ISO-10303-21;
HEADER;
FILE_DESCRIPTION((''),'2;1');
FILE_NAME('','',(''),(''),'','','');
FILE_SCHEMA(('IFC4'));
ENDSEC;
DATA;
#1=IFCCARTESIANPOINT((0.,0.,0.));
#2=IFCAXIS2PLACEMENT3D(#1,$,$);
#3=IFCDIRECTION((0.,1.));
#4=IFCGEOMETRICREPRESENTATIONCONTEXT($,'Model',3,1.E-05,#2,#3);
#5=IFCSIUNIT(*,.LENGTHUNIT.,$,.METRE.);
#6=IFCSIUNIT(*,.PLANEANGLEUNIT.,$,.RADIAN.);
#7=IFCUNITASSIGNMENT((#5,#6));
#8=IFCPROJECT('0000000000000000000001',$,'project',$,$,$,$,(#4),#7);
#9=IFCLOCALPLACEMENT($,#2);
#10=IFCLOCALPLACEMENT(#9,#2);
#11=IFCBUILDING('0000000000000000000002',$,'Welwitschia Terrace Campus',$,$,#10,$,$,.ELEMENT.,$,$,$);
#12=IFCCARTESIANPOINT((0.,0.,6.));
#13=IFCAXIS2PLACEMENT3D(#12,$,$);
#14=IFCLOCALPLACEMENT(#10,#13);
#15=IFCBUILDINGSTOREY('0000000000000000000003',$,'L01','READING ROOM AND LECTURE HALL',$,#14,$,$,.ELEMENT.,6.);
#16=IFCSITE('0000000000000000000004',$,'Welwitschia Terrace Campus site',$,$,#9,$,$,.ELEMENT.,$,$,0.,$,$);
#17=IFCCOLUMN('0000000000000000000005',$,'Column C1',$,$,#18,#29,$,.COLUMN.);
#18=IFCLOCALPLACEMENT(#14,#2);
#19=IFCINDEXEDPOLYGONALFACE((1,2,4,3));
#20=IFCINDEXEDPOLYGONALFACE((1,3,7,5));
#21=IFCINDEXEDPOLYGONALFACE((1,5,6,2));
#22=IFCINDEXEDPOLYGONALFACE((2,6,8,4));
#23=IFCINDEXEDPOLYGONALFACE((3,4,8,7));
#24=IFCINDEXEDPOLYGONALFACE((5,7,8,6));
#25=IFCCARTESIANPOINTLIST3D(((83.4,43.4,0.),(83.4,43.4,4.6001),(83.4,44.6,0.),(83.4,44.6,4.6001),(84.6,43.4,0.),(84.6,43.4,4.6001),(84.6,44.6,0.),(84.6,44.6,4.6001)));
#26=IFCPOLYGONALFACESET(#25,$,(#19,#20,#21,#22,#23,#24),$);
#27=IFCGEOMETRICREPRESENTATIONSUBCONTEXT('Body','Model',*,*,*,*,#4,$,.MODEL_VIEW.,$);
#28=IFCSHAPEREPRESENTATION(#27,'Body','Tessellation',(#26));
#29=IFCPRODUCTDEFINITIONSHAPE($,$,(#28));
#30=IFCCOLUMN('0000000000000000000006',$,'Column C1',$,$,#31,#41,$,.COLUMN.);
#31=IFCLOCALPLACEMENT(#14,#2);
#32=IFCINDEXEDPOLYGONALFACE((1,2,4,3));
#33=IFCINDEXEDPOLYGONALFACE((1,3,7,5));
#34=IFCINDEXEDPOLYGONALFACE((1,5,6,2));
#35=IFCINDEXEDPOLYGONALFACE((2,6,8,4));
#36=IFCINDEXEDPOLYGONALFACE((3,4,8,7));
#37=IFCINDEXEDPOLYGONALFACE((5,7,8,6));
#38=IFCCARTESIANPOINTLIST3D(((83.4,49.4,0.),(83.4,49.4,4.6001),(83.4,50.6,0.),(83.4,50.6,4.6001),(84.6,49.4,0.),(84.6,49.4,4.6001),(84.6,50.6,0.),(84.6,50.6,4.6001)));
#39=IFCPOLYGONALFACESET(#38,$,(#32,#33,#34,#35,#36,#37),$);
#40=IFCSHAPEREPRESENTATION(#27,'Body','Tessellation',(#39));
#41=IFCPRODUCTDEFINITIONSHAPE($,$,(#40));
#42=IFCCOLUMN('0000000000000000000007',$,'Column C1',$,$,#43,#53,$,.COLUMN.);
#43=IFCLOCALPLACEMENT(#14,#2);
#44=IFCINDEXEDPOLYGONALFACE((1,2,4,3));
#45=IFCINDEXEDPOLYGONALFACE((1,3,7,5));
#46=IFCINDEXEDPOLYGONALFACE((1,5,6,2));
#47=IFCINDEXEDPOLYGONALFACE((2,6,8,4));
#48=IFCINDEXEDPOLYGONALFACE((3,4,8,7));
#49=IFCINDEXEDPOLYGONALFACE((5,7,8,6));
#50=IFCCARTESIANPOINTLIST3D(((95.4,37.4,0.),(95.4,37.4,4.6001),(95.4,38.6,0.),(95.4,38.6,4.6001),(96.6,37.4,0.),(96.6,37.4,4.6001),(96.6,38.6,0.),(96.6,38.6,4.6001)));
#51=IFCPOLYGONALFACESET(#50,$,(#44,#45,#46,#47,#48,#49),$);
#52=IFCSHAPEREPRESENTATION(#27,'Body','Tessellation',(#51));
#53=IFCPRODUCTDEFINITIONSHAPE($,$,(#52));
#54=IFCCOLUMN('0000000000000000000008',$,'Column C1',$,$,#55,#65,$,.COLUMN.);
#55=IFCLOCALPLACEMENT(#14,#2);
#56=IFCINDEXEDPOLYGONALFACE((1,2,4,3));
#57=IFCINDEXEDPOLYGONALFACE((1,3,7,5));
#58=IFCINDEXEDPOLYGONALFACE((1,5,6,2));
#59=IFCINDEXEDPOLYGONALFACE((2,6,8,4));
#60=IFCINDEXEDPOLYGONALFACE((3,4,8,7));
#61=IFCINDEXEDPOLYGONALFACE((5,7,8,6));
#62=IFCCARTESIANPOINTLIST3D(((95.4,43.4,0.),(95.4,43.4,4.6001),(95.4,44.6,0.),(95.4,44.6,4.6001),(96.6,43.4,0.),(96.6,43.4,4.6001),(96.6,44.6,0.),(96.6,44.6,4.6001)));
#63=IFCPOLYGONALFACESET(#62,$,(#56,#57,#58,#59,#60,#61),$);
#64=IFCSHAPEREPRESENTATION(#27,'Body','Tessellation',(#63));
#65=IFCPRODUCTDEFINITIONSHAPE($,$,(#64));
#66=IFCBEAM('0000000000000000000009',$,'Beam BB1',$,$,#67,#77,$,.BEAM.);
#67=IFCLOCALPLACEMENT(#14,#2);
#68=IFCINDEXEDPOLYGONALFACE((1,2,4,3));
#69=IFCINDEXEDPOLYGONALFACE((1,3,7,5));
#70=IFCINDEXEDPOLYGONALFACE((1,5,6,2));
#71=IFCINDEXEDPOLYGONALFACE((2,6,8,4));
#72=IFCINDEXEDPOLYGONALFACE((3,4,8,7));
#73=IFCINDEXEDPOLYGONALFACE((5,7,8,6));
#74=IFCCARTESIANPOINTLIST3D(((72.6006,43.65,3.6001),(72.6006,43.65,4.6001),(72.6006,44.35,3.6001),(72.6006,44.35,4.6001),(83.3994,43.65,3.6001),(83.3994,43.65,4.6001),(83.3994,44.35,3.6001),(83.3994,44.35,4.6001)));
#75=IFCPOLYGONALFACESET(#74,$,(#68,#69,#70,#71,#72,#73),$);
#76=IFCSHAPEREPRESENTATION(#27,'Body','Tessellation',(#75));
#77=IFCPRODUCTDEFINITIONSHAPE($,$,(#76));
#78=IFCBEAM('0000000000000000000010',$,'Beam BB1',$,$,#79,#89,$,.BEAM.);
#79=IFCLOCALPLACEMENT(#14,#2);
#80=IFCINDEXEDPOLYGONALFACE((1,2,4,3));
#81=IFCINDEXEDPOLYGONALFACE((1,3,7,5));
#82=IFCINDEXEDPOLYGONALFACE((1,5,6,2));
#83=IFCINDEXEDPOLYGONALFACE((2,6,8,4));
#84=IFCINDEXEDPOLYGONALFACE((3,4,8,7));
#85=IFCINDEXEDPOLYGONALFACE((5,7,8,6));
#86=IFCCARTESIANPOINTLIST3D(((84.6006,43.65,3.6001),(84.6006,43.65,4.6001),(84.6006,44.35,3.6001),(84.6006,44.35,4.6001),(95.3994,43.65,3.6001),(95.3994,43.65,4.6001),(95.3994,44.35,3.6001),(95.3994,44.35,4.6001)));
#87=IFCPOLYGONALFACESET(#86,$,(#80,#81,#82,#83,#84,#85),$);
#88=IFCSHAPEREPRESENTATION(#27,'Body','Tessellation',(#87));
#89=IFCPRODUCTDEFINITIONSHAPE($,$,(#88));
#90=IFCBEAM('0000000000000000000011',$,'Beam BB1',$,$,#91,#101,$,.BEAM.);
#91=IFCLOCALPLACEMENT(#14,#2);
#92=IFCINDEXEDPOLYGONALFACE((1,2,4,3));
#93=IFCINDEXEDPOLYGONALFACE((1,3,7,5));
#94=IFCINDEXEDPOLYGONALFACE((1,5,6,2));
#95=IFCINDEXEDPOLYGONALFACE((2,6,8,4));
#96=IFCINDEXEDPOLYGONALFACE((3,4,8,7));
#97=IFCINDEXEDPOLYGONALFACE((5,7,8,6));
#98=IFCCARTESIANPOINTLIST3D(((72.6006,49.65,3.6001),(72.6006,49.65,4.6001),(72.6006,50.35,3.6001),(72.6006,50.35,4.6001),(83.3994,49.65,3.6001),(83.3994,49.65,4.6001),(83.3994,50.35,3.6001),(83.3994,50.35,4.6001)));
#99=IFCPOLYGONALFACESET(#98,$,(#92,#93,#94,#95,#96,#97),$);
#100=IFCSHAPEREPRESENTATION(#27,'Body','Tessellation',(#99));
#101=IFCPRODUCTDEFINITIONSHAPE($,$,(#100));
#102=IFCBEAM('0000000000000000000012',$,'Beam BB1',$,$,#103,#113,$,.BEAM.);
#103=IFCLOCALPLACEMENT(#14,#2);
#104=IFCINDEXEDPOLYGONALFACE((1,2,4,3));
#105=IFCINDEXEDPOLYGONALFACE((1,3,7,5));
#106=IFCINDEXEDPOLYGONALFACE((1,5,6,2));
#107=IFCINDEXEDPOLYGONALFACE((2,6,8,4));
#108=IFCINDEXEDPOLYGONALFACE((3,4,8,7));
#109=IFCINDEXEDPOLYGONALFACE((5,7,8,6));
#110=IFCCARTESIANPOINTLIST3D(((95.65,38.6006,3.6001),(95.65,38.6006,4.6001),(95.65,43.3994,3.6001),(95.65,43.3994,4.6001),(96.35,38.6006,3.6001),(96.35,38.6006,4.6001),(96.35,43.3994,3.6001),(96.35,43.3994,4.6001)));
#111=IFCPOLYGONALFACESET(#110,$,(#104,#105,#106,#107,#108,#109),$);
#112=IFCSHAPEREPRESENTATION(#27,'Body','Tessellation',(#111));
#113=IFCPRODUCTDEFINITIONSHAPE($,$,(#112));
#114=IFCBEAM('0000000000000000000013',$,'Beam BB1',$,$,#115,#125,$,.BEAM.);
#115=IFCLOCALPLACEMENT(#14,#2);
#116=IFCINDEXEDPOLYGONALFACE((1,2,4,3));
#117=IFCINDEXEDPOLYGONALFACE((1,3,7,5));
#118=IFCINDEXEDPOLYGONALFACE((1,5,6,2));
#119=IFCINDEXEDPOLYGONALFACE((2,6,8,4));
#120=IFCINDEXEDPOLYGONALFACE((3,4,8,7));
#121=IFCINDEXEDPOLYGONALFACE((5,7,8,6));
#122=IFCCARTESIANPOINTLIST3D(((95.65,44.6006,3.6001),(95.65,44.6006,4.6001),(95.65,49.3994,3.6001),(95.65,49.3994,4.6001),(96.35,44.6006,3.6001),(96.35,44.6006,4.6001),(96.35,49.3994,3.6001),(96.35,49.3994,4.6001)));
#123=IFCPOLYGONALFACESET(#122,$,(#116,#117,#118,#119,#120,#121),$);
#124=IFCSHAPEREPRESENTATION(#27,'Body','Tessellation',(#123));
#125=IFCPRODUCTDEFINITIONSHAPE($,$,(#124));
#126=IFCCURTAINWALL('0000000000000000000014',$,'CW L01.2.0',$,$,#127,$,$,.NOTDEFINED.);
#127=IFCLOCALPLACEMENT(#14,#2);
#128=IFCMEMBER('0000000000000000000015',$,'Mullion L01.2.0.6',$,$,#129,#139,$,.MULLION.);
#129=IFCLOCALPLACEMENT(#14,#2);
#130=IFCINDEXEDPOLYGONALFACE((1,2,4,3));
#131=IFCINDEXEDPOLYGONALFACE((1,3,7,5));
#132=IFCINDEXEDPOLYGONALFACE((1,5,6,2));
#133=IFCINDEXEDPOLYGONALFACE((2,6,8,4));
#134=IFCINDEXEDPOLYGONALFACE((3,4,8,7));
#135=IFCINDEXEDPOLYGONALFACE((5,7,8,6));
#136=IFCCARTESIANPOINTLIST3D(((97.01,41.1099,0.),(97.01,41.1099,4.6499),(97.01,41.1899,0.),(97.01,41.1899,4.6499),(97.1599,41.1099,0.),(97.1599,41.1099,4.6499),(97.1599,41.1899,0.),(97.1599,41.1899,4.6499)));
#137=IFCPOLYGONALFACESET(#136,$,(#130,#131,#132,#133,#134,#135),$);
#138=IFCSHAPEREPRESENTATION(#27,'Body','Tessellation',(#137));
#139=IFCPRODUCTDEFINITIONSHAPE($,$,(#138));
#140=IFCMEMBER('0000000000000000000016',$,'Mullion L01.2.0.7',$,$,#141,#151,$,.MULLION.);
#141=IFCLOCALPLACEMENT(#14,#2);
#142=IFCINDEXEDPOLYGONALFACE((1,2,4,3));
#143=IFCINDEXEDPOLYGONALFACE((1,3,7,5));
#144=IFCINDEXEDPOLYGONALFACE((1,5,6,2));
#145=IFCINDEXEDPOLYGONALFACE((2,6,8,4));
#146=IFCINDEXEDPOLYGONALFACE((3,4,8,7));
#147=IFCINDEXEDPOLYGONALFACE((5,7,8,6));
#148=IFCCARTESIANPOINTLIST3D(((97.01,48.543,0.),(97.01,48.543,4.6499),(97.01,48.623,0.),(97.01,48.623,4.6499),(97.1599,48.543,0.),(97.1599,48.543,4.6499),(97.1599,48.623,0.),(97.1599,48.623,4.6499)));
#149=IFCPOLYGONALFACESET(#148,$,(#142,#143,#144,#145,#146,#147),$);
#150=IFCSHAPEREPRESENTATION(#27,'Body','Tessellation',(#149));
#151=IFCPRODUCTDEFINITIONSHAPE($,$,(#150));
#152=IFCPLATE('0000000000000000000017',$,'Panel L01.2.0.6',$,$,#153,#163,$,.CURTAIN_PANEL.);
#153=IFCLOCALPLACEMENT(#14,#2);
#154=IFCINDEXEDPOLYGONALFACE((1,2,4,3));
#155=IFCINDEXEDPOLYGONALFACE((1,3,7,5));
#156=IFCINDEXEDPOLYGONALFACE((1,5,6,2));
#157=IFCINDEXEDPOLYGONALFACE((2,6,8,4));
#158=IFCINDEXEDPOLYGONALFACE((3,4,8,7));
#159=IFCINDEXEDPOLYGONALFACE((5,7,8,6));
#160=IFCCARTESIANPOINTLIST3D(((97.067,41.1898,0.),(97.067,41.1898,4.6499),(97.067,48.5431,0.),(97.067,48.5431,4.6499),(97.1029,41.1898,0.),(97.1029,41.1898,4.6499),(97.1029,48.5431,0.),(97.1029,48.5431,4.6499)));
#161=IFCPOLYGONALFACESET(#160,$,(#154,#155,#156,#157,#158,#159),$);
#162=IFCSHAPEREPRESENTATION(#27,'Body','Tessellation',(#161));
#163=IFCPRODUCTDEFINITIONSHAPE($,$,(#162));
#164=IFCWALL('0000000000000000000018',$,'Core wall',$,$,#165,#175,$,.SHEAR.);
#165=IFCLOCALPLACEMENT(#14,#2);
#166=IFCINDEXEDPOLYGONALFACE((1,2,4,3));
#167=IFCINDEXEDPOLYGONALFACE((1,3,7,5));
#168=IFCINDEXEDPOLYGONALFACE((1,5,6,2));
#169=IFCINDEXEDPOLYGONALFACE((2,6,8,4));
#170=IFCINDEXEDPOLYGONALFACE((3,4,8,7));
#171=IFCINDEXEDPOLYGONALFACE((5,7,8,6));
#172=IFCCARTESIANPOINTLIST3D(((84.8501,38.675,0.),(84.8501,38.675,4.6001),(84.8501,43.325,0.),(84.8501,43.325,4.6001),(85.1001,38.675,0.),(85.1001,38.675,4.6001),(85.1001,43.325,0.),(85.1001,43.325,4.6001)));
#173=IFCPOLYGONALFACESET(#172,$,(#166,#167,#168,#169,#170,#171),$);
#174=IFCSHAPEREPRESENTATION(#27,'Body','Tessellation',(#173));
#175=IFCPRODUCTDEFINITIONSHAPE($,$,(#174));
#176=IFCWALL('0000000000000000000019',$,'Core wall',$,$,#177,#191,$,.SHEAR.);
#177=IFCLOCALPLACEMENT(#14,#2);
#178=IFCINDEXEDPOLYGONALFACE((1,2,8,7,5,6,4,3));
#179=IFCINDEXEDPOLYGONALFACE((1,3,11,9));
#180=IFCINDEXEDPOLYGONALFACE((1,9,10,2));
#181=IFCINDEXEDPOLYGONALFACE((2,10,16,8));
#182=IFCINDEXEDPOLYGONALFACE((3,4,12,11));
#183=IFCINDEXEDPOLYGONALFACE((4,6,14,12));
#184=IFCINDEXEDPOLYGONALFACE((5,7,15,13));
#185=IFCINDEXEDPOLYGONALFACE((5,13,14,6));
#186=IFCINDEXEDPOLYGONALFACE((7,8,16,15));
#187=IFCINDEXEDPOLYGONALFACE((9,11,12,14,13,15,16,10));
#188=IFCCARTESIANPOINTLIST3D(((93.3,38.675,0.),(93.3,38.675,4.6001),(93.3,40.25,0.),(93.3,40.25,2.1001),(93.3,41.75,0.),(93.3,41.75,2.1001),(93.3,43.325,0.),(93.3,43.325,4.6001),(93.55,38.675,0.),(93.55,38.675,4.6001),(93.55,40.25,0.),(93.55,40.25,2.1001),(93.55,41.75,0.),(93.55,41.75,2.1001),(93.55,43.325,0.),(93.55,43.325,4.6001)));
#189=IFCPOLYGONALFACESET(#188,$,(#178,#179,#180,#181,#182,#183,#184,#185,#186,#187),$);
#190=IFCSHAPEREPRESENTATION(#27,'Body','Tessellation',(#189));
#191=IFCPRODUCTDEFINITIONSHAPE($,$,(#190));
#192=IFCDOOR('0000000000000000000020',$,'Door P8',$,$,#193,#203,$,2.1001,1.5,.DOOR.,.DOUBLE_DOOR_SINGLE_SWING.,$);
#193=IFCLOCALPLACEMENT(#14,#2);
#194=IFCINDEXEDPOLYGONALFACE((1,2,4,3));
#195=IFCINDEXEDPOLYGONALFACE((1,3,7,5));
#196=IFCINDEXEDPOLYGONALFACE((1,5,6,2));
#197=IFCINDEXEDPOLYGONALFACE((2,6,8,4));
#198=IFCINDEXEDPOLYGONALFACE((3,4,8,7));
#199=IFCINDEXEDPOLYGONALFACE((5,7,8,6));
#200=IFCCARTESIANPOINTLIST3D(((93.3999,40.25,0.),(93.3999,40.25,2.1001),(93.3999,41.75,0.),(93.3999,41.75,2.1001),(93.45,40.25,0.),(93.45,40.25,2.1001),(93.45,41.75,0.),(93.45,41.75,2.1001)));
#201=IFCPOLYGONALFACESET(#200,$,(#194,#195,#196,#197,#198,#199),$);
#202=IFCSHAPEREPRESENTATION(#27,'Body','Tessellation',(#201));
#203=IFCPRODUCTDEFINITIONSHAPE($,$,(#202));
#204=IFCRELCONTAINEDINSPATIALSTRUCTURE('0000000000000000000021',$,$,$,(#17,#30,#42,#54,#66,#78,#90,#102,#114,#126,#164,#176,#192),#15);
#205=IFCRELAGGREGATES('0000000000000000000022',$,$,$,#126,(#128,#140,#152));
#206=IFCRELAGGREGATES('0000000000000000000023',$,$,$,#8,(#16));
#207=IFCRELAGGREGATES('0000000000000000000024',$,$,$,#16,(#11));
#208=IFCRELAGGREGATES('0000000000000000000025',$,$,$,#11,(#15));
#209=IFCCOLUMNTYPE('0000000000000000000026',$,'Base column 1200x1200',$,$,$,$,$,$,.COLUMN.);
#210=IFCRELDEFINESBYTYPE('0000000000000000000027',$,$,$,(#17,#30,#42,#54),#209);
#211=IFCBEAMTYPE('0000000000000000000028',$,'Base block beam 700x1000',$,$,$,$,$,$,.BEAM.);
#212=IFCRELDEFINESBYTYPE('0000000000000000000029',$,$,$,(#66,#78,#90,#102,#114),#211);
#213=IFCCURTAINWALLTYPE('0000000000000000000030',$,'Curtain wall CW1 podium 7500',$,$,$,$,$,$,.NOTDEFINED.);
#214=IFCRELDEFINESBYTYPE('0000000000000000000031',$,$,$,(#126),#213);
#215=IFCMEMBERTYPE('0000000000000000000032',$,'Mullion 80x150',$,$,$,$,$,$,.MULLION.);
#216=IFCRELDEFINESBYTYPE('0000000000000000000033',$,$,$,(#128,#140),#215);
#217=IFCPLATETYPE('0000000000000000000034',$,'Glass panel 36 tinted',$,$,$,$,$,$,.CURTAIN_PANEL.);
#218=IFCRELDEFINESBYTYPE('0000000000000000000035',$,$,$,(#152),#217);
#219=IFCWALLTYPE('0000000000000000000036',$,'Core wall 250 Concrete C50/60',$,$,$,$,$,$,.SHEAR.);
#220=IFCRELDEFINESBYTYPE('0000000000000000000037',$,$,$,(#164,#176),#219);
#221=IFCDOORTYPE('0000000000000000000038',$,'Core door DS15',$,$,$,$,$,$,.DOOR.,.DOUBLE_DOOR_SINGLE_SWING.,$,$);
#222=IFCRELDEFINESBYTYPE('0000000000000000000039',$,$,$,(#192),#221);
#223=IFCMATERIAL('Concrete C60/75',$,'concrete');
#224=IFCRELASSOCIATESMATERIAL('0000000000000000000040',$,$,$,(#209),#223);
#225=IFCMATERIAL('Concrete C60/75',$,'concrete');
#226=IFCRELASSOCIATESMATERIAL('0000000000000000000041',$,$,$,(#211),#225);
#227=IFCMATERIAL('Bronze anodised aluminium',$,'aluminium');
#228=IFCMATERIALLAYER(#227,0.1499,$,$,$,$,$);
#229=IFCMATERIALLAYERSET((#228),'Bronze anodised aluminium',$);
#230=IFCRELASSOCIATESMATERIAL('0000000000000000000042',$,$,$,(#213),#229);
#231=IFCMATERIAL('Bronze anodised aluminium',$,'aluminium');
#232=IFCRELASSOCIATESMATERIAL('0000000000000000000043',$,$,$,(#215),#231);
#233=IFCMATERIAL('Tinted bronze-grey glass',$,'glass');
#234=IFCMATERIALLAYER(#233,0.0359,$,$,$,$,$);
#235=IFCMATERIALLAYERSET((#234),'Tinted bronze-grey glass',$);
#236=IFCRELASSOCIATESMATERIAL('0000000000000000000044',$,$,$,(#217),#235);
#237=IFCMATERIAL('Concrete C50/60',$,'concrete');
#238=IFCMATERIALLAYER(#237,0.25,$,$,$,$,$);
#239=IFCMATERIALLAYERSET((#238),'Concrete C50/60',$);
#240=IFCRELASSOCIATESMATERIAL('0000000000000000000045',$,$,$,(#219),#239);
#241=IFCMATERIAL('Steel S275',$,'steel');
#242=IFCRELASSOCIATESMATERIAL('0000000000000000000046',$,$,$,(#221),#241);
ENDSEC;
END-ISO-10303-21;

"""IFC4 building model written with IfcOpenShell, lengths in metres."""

from ifc_helpers import new_model, si_unit, direction, frame, frame_2d, origin, origin_2d, place, context, subcontext, project, spatial, rectangle, extrude, material, layer, layer_set, material_profile, profile_set, type_object, element, fill, aggregate, save


model = new_model("IFC4")

# Units and contexts
model_context = context("Model", 3, precision=1e-05, world=origin(), true_north=direction((0.0, 1.0)))
body_context = subcontext(model_context, "Body", "Model", "MODEL_VIEW")
ifc_project = project(units=[si_unit("LENGTHUNIT", "METRE"), si_unit("PLANEANGLEUNIT", "RADIAN")], contexts=[model_context])

# Site, building, storey
site_placement = place(None, origin())
site = spatial("IfcSite", under=ifc_project, at=site_placement, Name="Welwitschia Terrace Campus site", CompositionType="ELEMENT", RefElevation=0.0)
building_placement = place(site_placement, origin())
building = spatial("IfcBuilding", under=site, at=building_placement, Name="Welwitschia Terrace Campus", CompositionType="ELEMENT")
storey_placement = place(building_placement, frame((0.0, 0.0, 6.0)))
storey = spatial("IfcBuildingStorey", under=building, at=storey_placement, Name="L01", Description="READING ROOM AND LECTURE HALL", CompositionType="ELEMENT", Elevation=6.0)

# Columns
ifc_material_1 = material(Name="Concrete C60/75", Category="concrete")
ifc_material_profile_1 = material_profile(ifc_material_1, rectangle(XDim=1.2, YDim=1.2, at=origin_2d()))
ifc_profile_set_1 = profile_set([ifc_material_profile_1], Name="Concrete C60/75")
column_type = type_object("IfcColumnType", Name="Base column 1200x1200", PredefinedType="COLUMN", material=ifc_profile_set_1)
for number, where, z_axis, x_axis, name in (
    (1, (84.0, 44.0, 0.0), (0.0, 0.0, 1.0), (1.0, 0.0, 0.0), "Column C1"),
    (2, (84.0, 50.0, 0.0), (0.0, 0.0, 1.0), (1.0, 0.0, 0.0), "Column C1"),
    (3, (96.0, 38.0, 0.0), (0.0, 0.0, 1.0), (1.0, 0.0, 0.0), "Column C1"),
    (4, (96.0, 44.0, 0.0), (0.0, 0.0, 1.0), (1.0, 0.0, 0.0), "Column C1"),
):
    element("IfcColumn", number, at=place(storey_placement, frame(where, z_axis=z_axis, x_axis=x_axis)), inside=storey, type_object=column_type, Name=name, PredefinedType="COLUMN", context=body_context, shape_type="SweptSolid", body=[
        extrude(rectangle(XDim=1.2, YDim=1.2, at=origin_2d()), origin(), (0.0, 0.0, 1.0), 4.6001),
    ])

# Beams
ifc_material_2 = material(Name="Concrete C60/75", Category="concrete")
ifc_material_profile_2 = material_profile(ifc_material_2, rectangle(XDim=0.7, YDim=1.0, at=origin_2d()))
ifc_profile_set_2 = profile_set([ifc_material_profile_2], Name="Concrete C60/75")
beam_type = type_object("IfcBeamType", Name="Base block beam 700x1000", PredefinedType="BEAM", material=ifc_profile_set_2)
for number, where, z_axis, x_axis, name in (
    (5, (72.6006, 44.0, 4.1001), (1.0, 0.0, 0.0), (0.0, 1.0, 0.0), "Beam BB1"),
    (6, (84.6006, 44.0, 4.1001), (1.0, 0.0, 0.0), (0.0, 1.0, 0.0), "Beam BB1"),
    (7, (72.6006, 50.0, 4.1001), (1.0, 0.0, 0.0), (0.0, 1.0, 0.0), "Beam BB1"),
):
    element("IfcBeam", number, at=place(storey_placement, frame(where, z_axis=z_axis, x_axis=x_axis)), inside=storey, type_object=beam_type, Name=name, PredefinedType="BEAM", context=body_context, shape_type="SweptSolid", body=[
        extrude(rectangle(XDim=0.7, YDim=1.0, at=origin_2d()), origin(), (0.0, 0.0, 1.0), 10.7988),
    ])
for number, where, z_axis, x_axis, name in (
    (8, (96.0, 38.6006, 4.1001), (0.0, 1.0, 0.0), (-1.0, 0.0, 0.0), "Beam BB1"),
    (9, (96.0, 44.6006, 4.1001), (0.0, 1.0, 0.0), (-1.0, 0.0, 0.0), "Beam BB1"),
):
    element("IfcBeam", number, at=place(storey_placement, frame(where, z_axis=z_axis, x_axis=x_axis)), inside=storey, type_object=beam_type, Name=name, PredefinedType="BEAM", context=body_context, shape_type="SweptSolid", body=[
        extrude(rectangle(XDim=0.7, YDim=1.0, at=origin_2d()), origin(), (0.0, 0.0, 1.0), 4.7988),
    ])

# Curtain wall, members, plate
ifc_material_3 = material(Name="Bronze anodised aluminium", Category="aluminium")
ifc_layer_1 = layer(ifc_material_3, 0.1499)
ifc_layer_set_1 = layer_set([ifc_layer_1], Name="Bronze anodised aluminium")
curtain_wall_type = type_object("IfcCurtainWallType", Name="Curtain wall CW1 podium 7500", PredefinedType="NOTDEFINED", material=ifc_layer_set_1)
curtain_wall_placement = place(storey_placement, origin())
curtain_wall = element("IfcCurtainWall", 10, at=curtain_wall_placement, inside=storey, type_object=curtain_wall_type, Name="CW L01.2.0", PredefinedType="NOTDEFINED")
ifc_material_4 = material(Name="Bronze anodised aluminium", Category="aluminium")
ifc_material_profile_3 = material_profile(ifc_material_4, rectangle(XDim=0.1499, YDim=0.0801, at=origin_2d()))
ifc_profile_set_3 = profile_set([ifc_material_profile_3], Name="Bronze anodised aluminium")
member_type = type_object("IfcMemberType", Name="Mullion 80x150", PredefinedType="MULLION", material=ifc_profile_set_3)
member_1_placement = place(storey_placement, frame((97.085, 41.1499, 0.0), z_axis=(0.0, 0.0, 1.0), x_axis=(-1.0, 0.0, 0.0)))
member_1 = element("IfcMember", 11, at=member_1_placement, type_object=member_type, Name="Mullion L01.2.0.6", PredefinedType="MULLION", context=body_context, shape_type="SweptSolid", body=[
    extrude(rectangle(XDim=0.1499, YDim=0.0801, at=origin_2d()), origin(), (0.0, 0.0, 1.0), 4.6499),
])
member_2_placement = place(storey_placement, frame((97.085, 48.583, 0.0), z_axis=(0.0, 0.0, 1.0), x_axis=(-1.0, 0.0, 0.0)))
member_2 = element("IfcMember", 12, at=member_2_placement, type_object=member_type, Name="Mullion L01.2.0.7", PredefinedType="MULLION", context=body_context, shape_type="SweptSolid", body=[
    extrude(rectangle(XDim=0.1499, YDim=0.0801, at=origin_2d()), origin(), (0.0, 0.0, 1.0), 4.6499),
])
ifc_material_5 = material(Name="Tinted bronze-grey glass", Category="glass")
ifc_layer_2 = layer(ifc_material_5, 0.0359)
ifc_layer_set_2 = layer_set([ifc_layer_2], Name="Tinted bronze-grey glass")
plate_type = type_object("IfcPlateType", Name="Glass panel 36 tinted", PredefinedType="CURTAIN_PANEL", material=ifc_layer_set_2)
plate_placement = place(storey_placement, frame((97.085, 44.8665, 0.0), z_axis=(0.0, 0.0, 1.0), x_axis=(0.0, 1.0, 0.0)))
plate = element("IfcPlate", 13, at=plate_placement, type_object=plate_type, Name="Panel L01.2.0.6", PredefinedType="CURTAIN_PANEL", context=body_context, shape_type="SweptSolid", body=[
    extrude(rectangle(XDim=7.3533, YDim=0.0359, at=origin_2d()), origin(), (0.0, 0.0, 1.0), 4.6499),
])
aggregate(curtain_wall, [member_1, member_2, plate])

# Wall
ifc_material_6 = material(Name="Concrete C50/60", Category="concrete")
ifc_layer_3 = layer(ifc_material_6, 0.25)
ifc_layer_set_3 = layer_set([ifc_layer_3], Name="Concrete C50/60")
wall_type_1 = type_object("IfcWallType", Name="Core wall 250 Concrete C50/60", PredefinedType="SHEAR", material=ifc_layer_set_3)
wall_1_placement = place(storey_placement, frame((84.9751, 38.675, 0.0), z_axis=(0.0, 0.0, 1.0), x_axis=(0.0, 1.0, 0.0)))
element("IfcWall", 14, at=wall_1_placement, inside=storey, type_object=wall_type_1, Name="Core wall", PredefinedType="SHEAR", context=body_context, shape_type="SweptSolid", body=[
    extrude(rectangle(XDim=4.6499, YDim=0.25, at=frame_2d((2.325, 0.0))), origin(), (0.0, 0.0, 1.0), 4.6001),
])

# Wall, opening, door
wall_2_placement = place(storey_placement, frame((93.425, 43.325, 0.0), z_axis=(0.0, 0.0, 1.0), x_axis=(0.0, -1.0, 0.0)))
wall_2 = element("IfcWall", 15, at=wall_2_placement, inside=storey, type_object=wall_type_1, Name="Core wall", PredefinedType="SHEAR", context=body_context, shape_type="SweptSolid", body=[
    extrude(rectangle(XDim=4.6499, YDim=0.25, at=frame_2d((2.325, 0.0))), origin(), (0.0, 0.0, 1.0), 4.6001),
])
opening_placement = place(wall_2_placement, frame((1.575, 0.0, 0.0)))
opening = element("IfcOpeningElement", 16, at=opening_placement, cuts=wall_2, PredefinedType="OPENING", context=body_context, shape_type="SweptSolid", body=[
    extrude(rectangle(XDim=1.5, YDim=2.1001, at=frame_2d((0.75, 1.05))), frame((0.0, 0.135, 0.0), z_axis=(0.0, -1.0, 0.0), x_axis=(1.0, 0.0, 0.0)), (0.0, 0.0, 1.0), 0.27),
])
ifc_material_7 = material(Name="Steel S275", Category="steel")
door_type = type_object("IfcDoorType", Name="Core door DS15", OperationType="DOUBLE_DOOR_SINGLE_SWING", PredefinedType="DOOR", material=ifc_material_7)
door_placement = place(opening_placement, origin())
door = element("IfcDoor", 17, at=door_placement, inside=storey, type_object=door_type, Name="Door P8", OperationType="DOUBLE_DOOR_SINGLE_SWING", OverallHeight=2.1001, OverallWidth=1.5, PredefinedType="DOOR", context=body_context, shape_type="SweptSolid", body=[
    extrude(rectangle(XDim=1.5, YDim=2.1001, at=frame_2d((0.75, 1.05))), frame((0.0, 0.0249, 0.0), z_axis=(0.0, -1.0, 0.0), x_axis=(1.0, 0.0, 0.0)), (0.0, 0.0, 1.0), 0.05),
])
fill(opening, door)

save(model, "model.ifc")
